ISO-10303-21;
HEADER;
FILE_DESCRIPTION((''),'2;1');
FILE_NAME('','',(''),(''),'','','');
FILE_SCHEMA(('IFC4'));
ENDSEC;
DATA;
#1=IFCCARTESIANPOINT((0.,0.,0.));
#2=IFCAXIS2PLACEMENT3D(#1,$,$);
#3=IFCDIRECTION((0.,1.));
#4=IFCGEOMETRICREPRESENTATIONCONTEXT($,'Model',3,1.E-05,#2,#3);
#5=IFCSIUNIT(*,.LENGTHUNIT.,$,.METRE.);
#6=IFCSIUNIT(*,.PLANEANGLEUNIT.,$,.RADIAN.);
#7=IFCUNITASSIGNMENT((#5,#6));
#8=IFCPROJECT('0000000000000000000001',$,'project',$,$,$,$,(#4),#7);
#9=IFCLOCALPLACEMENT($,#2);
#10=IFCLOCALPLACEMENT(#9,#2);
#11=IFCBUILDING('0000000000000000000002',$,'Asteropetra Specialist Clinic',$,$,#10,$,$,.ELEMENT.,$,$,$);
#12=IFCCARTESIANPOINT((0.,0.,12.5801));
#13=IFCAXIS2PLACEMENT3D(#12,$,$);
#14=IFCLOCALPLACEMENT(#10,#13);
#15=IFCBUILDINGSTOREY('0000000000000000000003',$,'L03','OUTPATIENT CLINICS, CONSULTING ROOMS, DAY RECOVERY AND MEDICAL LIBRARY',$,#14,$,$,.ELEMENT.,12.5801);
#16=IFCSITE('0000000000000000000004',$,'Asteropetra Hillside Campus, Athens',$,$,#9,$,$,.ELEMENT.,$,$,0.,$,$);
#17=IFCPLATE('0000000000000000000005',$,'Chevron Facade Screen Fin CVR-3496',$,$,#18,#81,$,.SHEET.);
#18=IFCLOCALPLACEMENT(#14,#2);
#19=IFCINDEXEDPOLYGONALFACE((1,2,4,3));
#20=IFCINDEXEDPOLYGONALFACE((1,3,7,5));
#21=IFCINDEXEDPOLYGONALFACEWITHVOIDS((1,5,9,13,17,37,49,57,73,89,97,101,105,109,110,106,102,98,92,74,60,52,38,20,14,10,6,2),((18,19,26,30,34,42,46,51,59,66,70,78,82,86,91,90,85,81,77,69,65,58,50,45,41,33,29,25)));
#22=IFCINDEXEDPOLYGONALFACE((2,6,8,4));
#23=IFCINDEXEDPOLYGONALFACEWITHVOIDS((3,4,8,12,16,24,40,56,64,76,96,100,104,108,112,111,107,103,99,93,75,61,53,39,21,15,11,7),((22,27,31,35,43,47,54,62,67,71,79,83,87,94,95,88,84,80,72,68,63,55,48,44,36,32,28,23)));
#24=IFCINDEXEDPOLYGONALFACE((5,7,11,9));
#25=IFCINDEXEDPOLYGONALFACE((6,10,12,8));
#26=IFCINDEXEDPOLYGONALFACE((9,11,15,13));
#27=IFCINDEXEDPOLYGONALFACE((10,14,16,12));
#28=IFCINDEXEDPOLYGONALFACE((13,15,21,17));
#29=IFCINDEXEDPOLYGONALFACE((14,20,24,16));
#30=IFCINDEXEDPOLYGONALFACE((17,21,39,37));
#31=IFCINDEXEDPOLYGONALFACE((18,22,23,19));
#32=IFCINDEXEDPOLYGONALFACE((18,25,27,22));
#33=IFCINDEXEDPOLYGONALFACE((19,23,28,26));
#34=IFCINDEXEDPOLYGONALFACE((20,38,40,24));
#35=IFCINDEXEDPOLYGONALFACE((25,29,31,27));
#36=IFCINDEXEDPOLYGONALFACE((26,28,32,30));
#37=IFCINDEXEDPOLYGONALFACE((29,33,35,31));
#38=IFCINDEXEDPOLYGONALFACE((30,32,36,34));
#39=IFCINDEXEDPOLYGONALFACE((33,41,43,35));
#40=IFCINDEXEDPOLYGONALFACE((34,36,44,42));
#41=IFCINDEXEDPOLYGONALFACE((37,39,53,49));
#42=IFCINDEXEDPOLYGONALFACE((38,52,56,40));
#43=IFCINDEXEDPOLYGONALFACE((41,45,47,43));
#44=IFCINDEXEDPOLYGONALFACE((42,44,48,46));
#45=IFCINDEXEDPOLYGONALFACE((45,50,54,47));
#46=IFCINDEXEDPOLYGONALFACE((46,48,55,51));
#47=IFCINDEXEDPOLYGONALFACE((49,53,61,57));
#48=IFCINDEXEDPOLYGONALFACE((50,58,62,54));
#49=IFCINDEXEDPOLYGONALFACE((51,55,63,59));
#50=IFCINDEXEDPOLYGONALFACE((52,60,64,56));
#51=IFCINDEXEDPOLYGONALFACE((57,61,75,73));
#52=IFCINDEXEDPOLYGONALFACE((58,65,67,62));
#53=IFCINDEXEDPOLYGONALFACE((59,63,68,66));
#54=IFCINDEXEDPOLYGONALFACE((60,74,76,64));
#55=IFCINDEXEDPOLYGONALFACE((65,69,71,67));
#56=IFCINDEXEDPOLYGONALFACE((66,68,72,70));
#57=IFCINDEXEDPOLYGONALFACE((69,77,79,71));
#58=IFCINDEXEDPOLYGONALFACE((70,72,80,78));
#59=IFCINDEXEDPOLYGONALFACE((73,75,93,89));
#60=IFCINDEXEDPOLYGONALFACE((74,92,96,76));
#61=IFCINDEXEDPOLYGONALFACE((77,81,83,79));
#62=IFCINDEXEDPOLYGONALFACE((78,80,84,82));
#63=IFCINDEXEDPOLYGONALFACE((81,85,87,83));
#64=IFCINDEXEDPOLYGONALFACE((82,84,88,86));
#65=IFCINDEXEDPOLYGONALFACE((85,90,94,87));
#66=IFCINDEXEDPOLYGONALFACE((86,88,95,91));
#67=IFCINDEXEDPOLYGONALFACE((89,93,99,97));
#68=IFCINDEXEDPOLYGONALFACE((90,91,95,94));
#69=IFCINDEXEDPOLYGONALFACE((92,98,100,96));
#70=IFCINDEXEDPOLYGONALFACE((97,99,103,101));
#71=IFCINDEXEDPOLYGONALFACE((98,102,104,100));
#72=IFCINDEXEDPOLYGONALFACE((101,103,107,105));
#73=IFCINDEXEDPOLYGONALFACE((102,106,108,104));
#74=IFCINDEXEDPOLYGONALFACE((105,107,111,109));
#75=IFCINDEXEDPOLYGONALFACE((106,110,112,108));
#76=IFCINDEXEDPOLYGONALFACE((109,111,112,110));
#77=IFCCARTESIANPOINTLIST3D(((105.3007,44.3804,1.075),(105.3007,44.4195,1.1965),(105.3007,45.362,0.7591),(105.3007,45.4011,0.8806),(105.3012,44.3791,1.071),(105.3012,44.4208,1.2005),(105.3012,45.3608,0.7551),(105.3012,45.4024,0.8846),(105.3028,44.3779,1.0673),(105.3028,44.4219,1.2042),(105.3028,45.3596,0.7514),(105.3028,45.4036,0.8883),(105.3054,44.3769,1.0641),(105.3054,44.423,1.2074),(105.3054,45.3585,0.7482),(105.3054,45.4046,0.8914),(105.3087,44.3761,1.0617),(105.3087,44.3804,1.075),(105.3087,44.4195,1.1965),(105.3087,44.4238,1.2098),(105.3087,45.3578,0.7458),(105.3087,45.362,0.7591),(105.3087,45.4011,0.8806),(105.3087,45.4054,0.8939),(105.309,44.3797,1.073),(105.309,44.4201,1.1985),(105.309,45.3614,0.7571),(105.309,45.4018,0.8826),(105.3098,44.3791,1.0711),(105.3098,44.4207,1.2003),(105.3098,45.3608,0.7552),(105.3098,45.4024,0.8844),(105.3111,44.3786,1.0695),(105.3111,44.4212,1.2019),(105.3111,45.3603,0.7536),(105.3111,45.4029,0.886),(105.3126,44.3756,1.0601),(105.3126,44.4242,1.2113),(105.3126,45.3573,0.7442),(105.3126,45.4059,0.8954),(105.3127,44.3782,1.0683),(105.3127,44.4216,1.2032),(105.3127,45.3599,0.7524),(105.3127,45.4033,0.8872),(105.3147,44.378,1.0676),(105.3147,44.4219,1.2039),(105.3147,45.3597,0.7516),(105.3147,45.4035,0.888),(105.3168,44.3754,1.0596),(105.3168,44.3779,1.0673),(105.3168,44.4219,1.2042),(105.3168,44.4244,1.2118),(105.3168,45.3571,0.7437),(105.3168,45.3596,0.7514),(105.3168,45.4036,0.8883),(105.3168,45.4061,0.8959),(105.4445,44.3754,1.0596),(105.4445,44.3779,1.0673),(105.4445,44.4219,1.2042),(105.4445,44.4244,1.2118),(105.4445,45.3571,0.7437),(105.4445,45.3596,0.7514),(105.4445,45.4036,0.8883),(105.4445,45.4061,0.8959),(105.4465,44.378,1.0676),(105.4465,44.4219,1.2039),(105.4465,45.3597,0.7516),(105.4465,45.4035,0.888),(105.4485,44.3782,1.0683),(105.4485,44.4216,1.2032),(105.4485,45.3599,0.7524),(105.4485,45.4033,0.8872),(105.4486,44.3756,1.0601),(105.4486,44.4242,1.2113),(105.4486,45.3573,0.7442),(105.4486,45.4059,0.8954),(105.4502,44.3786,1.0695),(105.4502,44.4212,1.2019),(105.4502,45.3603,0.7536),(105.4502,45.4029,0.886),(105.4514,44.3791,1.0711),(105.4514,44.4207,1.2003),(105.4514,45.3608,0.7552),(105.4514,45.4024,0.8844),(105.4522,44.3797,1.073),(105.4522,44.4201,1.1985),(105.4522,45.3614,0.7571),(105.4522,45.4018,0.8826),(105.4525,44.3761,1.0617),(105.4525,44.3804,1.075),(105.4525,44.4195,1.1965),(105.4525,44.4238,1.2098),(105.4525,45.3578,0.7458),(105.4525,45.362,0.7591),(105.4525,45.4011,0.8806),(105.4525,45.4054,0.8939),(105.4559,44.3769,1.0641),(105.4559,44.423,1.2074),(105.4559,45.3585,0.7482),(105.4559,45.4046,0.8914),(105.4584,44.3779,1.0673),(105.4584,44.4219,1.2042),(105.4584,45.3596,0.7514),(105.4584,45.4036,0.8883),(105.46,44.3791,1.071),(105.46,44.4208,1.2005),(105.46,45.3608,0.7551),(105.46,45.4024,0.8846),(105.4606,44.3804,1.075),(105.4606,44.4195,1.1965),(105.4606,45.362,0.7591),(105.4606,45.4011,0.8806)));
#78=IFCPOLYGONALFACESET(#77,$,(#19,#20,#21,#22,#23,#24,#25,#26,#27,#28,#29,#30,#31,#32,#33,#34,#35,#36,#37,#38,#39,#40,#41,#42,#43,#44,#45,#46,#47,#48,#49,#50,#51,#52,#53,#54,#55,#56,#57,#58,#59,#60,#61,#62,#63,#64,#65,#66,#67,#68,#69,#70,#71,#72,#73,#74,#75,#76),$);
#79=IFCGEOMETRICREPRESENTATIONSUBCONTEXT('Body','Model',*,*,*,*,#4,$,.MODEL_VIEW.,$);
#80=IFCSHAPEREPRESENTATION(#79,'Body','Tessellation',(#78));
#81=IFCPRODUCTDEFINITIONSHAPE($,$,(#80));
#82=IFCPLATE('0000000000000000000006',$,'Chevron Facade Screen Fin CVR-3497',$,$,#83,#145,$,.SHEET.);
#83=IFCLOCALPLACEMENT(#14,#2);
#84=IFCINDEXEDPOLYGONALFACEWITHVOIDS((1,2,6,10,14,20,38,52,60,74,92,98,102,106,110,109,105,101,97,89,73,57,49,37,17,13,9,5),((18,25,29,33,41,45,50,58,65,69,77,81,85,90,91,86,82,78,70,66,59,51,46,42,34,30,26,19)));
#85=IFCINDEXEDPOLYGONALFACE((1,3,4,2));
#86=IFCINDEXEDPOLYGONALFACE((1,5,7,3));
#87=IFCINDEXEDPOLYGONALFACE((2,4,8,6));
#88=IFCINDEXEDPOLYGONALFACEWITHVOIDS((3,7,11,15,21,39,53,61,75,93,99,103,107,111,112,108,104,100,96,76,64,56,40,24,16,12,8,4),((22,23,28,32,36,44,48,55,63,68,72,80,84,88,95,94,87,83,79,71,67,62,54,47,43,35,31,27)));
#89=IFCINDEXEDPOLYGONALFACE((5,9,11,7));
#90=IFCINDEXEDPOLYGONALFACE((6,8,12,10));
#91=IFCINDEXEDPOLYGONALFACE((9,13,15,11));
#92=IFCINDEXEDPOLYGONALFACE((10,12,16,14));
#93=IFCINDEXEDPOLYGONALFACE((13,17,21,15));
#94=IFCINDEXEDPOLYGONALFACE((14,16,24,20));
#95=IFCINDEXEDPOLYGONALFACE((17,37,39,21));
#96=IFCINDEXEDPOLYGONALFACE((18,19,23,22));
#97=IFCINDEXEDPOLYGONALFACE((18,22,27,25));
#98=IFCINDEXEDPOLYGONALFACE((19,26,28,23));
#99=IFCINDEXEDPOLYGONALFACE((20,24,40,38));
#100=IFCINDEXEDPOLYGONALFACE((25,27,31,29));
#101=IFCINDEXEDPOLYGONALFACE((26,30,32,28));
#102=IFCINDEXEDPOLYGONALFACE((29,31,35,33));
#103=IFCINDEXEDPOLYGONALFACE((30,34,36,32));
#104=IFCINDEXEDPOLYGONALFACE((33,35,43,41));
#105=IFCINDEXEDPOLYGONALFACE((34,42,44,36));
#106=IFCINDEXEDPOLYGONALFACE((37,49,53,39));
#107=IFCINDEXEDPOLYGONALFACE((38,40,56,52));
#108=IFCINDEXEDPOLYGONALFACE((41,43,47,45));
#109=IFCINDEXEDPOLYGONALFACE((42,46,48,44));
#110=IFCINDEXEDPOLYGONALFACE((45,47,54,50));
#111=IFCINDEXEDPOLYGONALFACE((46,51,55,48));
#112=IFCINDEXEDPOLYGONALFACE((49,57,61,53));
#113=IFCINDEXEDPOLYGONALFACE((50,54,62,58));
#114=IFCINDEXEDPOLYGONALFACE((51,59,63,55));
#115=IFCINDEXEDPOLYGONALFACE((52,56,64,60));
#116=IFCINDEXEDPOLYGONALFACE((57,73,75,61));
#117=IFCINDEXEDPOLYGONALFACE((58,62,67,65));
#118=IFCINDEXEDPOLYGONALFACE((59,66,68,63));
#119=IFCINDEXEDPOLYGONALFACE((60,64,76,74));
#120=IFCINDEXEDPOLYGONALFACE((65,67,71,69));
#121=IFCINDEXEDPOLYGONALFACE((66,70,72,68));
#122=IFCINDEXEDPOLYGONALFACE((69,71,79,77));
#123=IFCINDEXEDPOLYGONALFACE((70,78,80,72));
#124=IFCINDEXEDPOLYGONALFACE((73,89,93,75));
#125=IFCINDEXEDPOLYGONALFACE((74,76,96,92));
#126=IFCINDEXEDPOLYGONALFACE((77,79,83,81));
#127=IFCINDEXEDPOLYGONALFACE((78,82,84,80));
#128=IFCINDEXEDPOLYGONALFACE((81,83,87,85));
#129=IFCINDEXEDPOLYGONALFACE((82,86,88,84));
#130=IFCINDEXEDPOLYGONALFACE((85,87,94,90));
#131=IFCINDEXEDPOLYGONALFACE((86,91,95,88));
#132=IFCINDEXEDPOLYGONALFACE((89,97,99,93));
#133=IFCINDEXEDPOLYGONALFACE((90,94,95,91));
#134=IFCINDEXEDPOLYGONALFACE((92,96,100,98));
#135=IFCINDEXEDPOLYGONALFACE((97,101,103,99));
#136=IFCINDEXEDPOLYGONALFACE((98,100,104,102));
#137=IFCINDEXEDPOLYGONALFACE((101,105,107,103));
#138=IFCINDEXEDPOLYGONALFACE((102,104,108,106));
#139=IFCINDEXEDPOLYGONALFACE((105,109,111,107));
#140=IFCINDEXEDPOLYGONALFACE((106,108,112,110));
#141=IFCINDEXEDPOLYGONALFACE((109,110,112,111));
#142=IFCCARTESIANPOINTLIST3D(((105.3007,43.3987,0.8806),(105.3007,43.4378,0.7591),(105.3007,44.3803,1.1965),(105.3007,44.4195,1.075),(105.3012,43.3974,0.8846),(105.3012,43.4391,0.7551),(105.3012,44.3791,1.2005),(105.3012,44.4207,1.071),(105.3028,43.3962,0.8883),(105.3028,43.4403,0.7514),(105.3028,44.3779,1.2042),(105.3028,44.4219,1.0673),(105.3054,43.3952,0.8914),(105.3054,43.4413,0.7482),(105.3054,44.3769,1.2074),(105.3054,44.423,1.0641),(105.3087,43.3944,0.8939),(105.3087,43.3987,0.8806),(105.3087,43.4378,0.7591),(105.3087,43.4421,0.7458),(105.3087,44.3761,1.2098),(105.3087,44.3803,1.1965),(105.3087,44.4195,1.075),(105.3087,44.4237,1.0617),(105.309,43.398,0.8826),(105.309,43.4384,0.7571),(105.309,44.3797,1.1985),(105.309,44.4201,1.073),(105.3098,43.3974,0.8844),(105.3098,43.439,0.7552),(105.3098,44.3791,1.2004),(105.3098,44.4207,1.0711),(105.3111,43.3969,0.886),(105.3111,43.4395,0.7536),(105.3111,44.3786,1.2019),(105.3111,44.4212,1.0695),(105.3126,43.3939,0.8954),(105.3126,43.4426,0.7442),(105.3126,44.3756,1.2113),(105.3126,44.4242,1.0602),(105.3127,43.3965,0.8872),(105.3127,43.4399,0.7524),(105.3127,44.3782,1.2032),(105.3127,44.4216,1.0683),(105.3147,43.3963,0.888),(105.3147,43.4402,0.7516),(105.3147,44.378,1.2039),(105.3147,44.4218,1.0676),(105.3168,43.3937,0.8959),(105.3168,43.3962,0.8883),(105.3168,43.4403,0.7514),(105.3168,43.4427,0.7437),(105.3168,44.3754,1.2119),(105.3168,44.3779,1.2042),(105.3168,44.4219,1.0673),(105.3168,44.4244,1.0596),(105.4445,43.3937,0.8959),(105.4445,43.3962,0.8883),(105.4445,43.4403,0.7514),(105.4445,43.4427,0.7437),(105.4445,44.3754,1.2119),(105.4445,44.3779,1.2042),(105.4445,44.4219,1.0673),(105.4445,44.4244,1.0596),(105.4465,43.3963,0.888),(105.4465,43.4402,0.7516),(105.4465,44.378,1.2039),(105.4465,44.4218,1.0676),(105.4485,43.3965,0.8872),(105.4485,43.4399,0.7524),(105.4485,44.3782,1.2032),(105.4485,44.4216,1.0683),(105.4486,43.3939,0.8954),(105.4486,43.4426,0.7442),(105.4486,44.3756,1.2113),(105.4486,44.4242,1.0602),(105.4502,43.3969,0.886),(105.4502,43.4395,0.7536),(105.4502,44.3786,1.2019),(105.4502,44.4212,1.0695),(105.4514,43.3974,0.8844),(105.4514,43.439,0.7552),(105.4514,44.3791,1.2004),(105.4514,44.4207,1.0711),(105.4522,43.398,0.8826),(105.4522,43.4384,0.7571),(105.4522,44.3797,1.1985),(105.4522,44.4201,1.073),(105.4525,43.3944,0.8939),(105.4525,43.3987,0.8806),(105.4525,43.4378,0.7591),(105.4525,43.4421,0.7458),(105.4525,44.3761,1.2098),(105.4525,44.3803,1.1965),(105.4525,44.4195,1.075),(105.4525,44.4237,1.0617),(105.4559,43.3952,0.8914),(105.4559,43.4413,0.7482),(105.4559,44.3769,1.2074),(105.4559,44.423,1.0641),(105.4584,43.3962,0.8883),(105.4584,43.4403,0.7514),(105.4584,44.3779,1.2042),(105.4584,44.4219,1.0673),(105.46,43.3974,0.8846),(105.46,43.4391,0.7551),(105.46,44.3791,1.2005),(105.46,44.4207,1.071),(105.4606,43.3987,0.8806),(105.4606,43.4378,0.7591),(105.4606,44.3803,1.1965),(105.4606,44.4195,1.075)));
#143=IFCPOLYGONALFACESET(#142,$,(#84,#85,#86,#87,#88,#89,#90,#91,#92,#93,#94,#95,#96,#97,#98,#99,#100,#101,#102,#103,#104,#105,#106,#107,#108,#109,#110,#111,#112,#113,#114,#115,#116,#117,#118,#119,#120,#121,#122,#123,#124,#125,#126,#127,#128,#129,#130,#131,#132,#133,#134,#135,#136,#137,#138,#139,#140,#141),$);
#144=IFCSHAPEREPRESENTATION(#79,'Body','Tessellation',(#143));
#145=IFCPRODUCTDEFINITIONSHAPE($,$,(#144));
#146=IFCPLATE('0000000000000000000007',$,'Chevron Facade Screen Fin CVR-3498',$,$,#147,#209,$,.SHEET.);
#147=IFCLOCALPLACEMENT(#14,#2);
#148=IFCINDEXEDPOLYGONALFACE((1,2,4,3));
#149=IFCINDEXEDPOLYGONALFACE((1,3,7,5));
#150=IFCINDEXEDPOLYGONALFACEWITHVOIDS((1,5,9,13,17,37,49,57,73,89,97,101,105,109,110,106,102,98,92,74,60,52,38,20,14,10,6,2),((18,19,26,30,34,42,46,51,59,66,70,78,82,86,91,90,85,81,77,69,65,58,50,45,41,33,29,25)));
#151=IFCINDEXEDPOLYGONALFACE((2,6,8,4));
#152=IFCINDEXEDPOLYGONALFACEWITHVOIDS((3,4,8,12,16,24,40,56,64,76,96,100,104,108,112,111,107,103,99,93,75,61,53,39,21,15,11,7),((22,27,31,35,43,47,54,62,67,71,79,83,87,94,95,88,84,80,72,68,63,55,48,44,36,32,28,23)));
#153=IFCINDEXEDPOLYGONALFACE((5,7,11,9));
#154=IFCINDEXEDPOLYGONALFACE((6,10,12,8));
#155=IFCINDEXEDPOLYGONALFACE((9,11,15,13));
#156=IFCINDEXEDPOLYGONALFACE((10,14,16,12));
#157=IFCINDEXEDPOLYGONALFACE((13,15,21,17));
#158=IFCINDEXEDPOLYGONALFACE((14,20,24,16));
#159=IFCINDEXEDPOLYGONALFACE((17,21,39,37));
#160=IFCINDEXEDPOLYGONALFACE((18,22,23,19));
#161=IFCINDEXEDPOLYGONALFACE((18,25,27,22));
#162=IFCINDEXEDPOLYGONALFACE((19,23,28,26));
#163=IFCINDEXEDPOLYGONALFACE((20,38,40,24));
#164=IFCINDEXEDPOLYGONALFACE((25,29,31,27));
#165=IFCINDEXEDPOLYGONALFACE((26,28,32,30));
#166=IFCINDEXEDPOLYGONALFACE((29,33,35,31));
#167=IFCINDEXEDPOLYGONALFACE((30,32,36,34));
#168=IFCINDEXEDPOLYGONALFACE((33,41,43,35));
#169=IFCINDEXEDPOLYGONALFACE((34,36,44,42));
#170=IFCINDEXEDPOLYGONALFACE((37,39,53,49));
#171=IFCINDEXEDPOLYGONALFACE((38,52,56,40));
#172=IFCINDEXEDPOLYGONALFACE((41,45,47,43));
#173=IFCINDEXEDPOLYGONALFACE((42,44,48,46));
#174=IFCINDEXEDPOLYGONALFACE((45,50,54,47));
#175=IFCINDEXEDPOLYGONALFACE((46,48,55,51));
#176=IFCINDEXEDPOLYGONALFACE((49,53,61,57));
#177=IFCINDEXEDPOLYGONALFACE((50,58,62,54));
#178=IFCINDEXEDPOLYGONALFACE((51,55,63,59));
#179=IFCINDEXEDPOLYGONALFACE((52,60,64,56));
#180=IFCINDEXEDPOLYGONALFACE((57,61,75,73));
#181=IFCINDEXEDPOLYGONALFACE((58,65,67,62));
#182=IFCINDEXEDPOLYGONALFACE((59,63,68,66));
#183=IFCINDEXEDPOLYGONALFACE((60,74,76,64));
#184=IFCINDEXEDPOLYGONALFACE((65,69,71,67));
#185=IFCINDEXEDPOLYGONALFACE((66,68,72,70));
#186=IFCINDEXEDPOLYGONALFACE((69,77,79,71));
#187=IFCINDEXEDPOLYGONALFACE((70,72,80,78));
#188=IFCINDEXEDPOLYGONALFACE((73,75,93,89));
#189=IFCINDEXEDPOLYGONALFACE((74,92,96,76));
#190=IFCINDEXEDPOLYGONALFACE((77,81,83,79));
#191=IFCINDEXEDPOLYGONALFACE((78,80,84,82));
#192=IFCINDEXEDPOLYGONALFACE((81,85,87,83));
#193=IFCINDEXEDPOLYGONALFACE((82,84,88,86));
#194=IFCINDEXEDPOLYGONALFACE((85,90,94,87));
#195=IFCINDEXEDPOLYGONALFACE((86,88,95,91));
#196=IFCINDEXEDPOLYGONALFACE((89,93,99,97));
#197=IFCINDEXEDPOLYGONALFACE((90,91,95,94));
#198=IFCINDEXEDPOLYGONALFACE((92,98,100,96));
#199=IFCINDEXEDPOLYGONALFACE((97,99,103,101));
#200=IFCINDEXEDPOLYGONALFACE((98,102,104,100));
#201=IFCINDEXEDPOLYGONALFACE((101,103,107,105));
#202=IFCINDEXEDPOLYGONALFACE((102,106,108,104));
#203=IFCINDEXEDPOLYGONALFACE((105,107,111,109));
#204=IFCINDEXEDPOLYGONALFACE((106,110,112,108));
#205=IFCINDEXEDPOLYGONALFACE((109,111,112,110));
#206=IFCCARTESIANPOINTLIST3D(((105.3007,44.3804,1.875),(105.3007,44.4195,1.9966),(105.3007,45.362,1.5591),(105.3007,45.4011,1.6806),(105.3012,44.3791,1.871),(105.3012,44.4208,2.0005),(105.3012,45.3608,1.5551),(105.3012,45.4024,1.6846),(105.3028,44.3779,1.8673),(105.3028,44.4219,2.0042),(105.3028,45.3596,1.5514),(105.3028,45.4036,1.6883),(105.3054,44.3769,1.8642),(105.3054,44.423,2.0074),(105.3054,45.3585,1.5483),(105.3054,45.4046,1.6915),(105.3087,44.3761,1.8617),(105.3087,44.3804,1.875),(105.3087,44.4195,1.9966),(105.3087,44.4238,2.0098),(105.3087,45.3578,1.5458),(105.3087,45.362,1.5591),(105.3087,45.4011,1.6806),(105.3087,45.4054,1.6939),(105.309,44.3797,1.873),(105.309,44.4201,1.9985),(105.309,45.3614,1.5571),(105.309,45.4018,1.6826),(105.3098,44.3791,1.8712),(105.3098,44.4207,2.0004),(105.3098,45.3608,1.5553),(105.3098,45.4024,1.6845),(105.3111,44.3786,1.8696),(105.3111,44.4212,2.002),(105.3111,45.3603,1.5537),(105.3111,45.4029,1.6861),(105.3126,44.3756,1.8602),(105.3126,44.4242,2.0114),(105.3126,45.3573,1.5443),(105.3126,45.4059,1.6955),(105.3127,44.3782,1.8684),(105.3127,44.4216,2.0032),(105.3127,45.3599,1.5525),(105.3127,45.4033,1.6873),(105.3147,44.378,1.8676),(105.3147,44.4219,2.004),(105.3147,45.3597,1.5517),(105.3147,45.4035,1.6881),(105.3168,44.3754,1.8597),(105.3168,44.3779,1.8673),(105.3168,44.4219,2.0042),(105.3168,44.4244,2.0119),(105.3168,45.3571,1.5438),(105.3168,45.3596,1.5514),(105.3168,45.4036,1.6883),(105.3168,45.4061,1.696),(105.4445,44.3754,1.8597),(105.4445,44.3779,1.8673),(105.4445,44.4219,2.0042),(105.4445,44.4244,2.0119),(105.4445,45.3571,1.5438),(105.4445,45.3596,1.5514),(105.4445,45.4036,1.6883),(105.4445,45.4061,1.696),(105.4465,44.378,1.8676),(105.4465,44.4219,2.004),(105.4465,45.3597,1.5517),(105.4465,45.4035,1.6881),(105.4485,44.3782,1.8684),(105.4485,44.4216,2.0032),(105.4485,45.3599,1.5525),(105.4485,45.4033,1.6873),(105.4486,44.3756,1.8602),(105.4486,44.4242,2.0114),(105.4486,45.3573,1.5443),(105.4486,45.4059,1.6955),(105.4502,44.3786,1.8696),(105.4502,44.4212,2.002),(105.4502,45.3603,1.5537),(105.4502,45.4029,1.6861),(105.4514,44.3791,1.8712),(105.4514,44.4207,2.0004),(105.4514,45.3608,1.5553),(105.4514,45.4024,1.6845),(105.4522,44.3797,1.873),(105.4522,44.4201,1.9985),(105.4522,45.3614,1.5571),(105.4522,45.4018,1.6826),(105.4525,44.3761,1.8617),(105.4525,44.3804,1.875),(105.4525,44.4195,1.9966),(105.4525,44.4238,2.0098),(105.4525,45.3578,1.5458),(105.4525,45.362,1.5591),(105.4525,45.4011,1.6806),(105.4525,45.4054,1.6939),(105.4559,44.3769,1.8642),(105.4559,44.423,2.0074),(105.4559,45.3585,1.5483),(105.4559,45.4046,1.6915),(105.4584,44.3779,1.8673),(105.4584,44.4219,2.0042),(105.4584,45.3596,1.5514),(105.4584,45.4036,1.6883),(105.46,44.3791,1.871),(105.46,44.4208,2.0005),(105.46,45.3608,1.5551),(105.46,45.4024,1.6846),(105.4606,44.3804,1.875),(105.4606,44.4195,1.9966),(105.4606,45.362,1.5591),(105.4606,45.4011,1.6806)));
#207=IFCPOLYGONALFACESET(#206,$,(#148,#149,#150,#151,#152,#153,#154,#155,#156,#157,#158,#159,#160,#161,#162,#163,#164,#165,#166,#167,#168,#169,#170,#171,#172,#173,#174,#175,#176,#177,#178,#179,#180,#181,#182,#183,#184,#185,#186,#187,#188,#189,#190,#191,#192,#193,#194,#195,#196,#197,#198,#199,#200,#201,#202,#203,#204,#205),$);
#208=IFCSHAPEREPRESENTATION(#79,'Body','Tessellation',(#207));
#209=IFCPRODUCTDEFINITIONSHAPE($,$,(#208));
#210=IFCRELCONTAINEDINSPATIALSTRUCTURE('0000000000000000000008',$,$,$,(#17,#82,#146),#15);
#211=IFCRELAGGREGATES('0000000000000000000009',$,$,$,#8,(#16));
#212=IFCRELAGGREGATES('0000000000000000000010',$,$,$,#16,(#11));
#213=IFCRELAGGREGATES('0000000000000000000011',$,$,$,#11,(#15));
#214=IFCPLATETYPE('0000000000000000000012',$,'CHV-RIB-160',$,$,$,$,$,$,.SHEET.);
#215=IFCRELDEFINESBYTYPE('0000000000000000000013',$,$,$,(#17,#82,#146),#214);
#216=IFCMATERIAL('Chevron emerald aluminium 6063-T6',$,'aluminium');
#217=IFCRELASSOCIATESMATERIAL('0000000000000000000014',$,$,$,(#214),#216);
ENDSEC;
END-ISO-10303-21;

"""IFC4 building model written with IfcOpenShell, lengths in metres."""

from ifc_helpers import new_model, si_unit, direction, frame, origin, origin_2d, place, context, subcontext, project, spatial, hollow_rectangle, extrude, material, material_profile, profile_set, type_object, element, save


model = new_model("IFC4")

# Units and contexts
model_context = context("Model", 3, precision=1e-05, world=origin(), true_north=direction((0.0, 1.0)))
body_context = subcontext(model_context, "Body", "Model", "MODEL_VIEW")
ifc_project = project(units=[si_unit("LENGTHUNIT", "METRE"), si_unit("PLANEANGLEUNIT", "RADIAN")], contexts=[model_context])

# Site, building, storey
site_placement = place(None, origin())
site = spatial("IfcSite", under=ifc_project, at=site_placement, Name="Asteropetra Hillside Campus, Athens", CompositionType="ELEMENT", RefElevation=0.0)
building_placement = place(site_placement, origin())
building = spatial("IfcBuilding", under=site, at=building_placement, Name="Asteropetra Specialist Clinic", CompositionType="ELEMENT")
storey_placement = place(building_placement, frame((0.0, 0.0, 12.5801)))
storey = spatial("IfcBuildingStorey", under=building, at=storey_placement, Name="L03", Description="OUTPATIENT CLINICS, CONSULTING ROOMS, DAY RECOVERY AND MEDICAL LIBRARY", CompositionType="ELEMENT", Elevation=12.5801)

# Plates
ifc_material_1 = material(Name="Chevron emerald aluminium 6063-T6", Category="aluminium")
ifc_material_profile = material_profile(ifc_material_1, hollow_rectangle(XDim=0.1599, YDim=0.1599, WallThickness=0.0081, InnerFilletRadius=0.0081, OuterFilletRadius=0.0161, at=origin_2d()), Name="SHS 160x160x8.0")
ifc_profile_set = profile_set([ifc_material_profile], Name="Chevron emerald aluminium 6063-T6")
plate_type_1 = type_object("IfcPlateType", Name="CHV-RIB-160", PredefinedType="SHEET", material=ifc_profile_set)
for number, where, z_axis, x_axis, name in (
    (1, (105.3806, 45.3816, 0.8198), (0.0, -0.951923, 0.306339), (1.0, 0.0, 0.0), "Chevron Facade Screen Fin CVR-3496"),
    (2, (105.3806, 44.3999, 1.1357), (0.0, -0.951923, -0.306339), (1.0, 0.0, 0.0), "Chevron Facade Screen Fin CVR-3497"),
    (3, (105.3806, 45.3816, 1.6199), (0.0, -0.951923, 0.306339), (1.0, 0.0, 0.0), "Chevron Facade Screen Fin CVR-3498"),
):
    element("IfcPlate", number, at=place(storey_placement, frame(where, z_axis=z_axis, x_axis=x_axis)), inside=storey, type_object=plate_type_1, Name=name, PredefinedType="SHEET", context=body_context, shape_type="SweptSolid", body=[
        extrude(hollow_rectangle(XDim=0.1599, YDim=0.1599, WallThickness=0.0081, InnerFilletRadius=0.0081, OuterFilletRadius=0.0161, at=origin_2d()), origin(), (0.0, 0.0, 1.0), 1.0312),
    ])

save(model, "model.ifc")
